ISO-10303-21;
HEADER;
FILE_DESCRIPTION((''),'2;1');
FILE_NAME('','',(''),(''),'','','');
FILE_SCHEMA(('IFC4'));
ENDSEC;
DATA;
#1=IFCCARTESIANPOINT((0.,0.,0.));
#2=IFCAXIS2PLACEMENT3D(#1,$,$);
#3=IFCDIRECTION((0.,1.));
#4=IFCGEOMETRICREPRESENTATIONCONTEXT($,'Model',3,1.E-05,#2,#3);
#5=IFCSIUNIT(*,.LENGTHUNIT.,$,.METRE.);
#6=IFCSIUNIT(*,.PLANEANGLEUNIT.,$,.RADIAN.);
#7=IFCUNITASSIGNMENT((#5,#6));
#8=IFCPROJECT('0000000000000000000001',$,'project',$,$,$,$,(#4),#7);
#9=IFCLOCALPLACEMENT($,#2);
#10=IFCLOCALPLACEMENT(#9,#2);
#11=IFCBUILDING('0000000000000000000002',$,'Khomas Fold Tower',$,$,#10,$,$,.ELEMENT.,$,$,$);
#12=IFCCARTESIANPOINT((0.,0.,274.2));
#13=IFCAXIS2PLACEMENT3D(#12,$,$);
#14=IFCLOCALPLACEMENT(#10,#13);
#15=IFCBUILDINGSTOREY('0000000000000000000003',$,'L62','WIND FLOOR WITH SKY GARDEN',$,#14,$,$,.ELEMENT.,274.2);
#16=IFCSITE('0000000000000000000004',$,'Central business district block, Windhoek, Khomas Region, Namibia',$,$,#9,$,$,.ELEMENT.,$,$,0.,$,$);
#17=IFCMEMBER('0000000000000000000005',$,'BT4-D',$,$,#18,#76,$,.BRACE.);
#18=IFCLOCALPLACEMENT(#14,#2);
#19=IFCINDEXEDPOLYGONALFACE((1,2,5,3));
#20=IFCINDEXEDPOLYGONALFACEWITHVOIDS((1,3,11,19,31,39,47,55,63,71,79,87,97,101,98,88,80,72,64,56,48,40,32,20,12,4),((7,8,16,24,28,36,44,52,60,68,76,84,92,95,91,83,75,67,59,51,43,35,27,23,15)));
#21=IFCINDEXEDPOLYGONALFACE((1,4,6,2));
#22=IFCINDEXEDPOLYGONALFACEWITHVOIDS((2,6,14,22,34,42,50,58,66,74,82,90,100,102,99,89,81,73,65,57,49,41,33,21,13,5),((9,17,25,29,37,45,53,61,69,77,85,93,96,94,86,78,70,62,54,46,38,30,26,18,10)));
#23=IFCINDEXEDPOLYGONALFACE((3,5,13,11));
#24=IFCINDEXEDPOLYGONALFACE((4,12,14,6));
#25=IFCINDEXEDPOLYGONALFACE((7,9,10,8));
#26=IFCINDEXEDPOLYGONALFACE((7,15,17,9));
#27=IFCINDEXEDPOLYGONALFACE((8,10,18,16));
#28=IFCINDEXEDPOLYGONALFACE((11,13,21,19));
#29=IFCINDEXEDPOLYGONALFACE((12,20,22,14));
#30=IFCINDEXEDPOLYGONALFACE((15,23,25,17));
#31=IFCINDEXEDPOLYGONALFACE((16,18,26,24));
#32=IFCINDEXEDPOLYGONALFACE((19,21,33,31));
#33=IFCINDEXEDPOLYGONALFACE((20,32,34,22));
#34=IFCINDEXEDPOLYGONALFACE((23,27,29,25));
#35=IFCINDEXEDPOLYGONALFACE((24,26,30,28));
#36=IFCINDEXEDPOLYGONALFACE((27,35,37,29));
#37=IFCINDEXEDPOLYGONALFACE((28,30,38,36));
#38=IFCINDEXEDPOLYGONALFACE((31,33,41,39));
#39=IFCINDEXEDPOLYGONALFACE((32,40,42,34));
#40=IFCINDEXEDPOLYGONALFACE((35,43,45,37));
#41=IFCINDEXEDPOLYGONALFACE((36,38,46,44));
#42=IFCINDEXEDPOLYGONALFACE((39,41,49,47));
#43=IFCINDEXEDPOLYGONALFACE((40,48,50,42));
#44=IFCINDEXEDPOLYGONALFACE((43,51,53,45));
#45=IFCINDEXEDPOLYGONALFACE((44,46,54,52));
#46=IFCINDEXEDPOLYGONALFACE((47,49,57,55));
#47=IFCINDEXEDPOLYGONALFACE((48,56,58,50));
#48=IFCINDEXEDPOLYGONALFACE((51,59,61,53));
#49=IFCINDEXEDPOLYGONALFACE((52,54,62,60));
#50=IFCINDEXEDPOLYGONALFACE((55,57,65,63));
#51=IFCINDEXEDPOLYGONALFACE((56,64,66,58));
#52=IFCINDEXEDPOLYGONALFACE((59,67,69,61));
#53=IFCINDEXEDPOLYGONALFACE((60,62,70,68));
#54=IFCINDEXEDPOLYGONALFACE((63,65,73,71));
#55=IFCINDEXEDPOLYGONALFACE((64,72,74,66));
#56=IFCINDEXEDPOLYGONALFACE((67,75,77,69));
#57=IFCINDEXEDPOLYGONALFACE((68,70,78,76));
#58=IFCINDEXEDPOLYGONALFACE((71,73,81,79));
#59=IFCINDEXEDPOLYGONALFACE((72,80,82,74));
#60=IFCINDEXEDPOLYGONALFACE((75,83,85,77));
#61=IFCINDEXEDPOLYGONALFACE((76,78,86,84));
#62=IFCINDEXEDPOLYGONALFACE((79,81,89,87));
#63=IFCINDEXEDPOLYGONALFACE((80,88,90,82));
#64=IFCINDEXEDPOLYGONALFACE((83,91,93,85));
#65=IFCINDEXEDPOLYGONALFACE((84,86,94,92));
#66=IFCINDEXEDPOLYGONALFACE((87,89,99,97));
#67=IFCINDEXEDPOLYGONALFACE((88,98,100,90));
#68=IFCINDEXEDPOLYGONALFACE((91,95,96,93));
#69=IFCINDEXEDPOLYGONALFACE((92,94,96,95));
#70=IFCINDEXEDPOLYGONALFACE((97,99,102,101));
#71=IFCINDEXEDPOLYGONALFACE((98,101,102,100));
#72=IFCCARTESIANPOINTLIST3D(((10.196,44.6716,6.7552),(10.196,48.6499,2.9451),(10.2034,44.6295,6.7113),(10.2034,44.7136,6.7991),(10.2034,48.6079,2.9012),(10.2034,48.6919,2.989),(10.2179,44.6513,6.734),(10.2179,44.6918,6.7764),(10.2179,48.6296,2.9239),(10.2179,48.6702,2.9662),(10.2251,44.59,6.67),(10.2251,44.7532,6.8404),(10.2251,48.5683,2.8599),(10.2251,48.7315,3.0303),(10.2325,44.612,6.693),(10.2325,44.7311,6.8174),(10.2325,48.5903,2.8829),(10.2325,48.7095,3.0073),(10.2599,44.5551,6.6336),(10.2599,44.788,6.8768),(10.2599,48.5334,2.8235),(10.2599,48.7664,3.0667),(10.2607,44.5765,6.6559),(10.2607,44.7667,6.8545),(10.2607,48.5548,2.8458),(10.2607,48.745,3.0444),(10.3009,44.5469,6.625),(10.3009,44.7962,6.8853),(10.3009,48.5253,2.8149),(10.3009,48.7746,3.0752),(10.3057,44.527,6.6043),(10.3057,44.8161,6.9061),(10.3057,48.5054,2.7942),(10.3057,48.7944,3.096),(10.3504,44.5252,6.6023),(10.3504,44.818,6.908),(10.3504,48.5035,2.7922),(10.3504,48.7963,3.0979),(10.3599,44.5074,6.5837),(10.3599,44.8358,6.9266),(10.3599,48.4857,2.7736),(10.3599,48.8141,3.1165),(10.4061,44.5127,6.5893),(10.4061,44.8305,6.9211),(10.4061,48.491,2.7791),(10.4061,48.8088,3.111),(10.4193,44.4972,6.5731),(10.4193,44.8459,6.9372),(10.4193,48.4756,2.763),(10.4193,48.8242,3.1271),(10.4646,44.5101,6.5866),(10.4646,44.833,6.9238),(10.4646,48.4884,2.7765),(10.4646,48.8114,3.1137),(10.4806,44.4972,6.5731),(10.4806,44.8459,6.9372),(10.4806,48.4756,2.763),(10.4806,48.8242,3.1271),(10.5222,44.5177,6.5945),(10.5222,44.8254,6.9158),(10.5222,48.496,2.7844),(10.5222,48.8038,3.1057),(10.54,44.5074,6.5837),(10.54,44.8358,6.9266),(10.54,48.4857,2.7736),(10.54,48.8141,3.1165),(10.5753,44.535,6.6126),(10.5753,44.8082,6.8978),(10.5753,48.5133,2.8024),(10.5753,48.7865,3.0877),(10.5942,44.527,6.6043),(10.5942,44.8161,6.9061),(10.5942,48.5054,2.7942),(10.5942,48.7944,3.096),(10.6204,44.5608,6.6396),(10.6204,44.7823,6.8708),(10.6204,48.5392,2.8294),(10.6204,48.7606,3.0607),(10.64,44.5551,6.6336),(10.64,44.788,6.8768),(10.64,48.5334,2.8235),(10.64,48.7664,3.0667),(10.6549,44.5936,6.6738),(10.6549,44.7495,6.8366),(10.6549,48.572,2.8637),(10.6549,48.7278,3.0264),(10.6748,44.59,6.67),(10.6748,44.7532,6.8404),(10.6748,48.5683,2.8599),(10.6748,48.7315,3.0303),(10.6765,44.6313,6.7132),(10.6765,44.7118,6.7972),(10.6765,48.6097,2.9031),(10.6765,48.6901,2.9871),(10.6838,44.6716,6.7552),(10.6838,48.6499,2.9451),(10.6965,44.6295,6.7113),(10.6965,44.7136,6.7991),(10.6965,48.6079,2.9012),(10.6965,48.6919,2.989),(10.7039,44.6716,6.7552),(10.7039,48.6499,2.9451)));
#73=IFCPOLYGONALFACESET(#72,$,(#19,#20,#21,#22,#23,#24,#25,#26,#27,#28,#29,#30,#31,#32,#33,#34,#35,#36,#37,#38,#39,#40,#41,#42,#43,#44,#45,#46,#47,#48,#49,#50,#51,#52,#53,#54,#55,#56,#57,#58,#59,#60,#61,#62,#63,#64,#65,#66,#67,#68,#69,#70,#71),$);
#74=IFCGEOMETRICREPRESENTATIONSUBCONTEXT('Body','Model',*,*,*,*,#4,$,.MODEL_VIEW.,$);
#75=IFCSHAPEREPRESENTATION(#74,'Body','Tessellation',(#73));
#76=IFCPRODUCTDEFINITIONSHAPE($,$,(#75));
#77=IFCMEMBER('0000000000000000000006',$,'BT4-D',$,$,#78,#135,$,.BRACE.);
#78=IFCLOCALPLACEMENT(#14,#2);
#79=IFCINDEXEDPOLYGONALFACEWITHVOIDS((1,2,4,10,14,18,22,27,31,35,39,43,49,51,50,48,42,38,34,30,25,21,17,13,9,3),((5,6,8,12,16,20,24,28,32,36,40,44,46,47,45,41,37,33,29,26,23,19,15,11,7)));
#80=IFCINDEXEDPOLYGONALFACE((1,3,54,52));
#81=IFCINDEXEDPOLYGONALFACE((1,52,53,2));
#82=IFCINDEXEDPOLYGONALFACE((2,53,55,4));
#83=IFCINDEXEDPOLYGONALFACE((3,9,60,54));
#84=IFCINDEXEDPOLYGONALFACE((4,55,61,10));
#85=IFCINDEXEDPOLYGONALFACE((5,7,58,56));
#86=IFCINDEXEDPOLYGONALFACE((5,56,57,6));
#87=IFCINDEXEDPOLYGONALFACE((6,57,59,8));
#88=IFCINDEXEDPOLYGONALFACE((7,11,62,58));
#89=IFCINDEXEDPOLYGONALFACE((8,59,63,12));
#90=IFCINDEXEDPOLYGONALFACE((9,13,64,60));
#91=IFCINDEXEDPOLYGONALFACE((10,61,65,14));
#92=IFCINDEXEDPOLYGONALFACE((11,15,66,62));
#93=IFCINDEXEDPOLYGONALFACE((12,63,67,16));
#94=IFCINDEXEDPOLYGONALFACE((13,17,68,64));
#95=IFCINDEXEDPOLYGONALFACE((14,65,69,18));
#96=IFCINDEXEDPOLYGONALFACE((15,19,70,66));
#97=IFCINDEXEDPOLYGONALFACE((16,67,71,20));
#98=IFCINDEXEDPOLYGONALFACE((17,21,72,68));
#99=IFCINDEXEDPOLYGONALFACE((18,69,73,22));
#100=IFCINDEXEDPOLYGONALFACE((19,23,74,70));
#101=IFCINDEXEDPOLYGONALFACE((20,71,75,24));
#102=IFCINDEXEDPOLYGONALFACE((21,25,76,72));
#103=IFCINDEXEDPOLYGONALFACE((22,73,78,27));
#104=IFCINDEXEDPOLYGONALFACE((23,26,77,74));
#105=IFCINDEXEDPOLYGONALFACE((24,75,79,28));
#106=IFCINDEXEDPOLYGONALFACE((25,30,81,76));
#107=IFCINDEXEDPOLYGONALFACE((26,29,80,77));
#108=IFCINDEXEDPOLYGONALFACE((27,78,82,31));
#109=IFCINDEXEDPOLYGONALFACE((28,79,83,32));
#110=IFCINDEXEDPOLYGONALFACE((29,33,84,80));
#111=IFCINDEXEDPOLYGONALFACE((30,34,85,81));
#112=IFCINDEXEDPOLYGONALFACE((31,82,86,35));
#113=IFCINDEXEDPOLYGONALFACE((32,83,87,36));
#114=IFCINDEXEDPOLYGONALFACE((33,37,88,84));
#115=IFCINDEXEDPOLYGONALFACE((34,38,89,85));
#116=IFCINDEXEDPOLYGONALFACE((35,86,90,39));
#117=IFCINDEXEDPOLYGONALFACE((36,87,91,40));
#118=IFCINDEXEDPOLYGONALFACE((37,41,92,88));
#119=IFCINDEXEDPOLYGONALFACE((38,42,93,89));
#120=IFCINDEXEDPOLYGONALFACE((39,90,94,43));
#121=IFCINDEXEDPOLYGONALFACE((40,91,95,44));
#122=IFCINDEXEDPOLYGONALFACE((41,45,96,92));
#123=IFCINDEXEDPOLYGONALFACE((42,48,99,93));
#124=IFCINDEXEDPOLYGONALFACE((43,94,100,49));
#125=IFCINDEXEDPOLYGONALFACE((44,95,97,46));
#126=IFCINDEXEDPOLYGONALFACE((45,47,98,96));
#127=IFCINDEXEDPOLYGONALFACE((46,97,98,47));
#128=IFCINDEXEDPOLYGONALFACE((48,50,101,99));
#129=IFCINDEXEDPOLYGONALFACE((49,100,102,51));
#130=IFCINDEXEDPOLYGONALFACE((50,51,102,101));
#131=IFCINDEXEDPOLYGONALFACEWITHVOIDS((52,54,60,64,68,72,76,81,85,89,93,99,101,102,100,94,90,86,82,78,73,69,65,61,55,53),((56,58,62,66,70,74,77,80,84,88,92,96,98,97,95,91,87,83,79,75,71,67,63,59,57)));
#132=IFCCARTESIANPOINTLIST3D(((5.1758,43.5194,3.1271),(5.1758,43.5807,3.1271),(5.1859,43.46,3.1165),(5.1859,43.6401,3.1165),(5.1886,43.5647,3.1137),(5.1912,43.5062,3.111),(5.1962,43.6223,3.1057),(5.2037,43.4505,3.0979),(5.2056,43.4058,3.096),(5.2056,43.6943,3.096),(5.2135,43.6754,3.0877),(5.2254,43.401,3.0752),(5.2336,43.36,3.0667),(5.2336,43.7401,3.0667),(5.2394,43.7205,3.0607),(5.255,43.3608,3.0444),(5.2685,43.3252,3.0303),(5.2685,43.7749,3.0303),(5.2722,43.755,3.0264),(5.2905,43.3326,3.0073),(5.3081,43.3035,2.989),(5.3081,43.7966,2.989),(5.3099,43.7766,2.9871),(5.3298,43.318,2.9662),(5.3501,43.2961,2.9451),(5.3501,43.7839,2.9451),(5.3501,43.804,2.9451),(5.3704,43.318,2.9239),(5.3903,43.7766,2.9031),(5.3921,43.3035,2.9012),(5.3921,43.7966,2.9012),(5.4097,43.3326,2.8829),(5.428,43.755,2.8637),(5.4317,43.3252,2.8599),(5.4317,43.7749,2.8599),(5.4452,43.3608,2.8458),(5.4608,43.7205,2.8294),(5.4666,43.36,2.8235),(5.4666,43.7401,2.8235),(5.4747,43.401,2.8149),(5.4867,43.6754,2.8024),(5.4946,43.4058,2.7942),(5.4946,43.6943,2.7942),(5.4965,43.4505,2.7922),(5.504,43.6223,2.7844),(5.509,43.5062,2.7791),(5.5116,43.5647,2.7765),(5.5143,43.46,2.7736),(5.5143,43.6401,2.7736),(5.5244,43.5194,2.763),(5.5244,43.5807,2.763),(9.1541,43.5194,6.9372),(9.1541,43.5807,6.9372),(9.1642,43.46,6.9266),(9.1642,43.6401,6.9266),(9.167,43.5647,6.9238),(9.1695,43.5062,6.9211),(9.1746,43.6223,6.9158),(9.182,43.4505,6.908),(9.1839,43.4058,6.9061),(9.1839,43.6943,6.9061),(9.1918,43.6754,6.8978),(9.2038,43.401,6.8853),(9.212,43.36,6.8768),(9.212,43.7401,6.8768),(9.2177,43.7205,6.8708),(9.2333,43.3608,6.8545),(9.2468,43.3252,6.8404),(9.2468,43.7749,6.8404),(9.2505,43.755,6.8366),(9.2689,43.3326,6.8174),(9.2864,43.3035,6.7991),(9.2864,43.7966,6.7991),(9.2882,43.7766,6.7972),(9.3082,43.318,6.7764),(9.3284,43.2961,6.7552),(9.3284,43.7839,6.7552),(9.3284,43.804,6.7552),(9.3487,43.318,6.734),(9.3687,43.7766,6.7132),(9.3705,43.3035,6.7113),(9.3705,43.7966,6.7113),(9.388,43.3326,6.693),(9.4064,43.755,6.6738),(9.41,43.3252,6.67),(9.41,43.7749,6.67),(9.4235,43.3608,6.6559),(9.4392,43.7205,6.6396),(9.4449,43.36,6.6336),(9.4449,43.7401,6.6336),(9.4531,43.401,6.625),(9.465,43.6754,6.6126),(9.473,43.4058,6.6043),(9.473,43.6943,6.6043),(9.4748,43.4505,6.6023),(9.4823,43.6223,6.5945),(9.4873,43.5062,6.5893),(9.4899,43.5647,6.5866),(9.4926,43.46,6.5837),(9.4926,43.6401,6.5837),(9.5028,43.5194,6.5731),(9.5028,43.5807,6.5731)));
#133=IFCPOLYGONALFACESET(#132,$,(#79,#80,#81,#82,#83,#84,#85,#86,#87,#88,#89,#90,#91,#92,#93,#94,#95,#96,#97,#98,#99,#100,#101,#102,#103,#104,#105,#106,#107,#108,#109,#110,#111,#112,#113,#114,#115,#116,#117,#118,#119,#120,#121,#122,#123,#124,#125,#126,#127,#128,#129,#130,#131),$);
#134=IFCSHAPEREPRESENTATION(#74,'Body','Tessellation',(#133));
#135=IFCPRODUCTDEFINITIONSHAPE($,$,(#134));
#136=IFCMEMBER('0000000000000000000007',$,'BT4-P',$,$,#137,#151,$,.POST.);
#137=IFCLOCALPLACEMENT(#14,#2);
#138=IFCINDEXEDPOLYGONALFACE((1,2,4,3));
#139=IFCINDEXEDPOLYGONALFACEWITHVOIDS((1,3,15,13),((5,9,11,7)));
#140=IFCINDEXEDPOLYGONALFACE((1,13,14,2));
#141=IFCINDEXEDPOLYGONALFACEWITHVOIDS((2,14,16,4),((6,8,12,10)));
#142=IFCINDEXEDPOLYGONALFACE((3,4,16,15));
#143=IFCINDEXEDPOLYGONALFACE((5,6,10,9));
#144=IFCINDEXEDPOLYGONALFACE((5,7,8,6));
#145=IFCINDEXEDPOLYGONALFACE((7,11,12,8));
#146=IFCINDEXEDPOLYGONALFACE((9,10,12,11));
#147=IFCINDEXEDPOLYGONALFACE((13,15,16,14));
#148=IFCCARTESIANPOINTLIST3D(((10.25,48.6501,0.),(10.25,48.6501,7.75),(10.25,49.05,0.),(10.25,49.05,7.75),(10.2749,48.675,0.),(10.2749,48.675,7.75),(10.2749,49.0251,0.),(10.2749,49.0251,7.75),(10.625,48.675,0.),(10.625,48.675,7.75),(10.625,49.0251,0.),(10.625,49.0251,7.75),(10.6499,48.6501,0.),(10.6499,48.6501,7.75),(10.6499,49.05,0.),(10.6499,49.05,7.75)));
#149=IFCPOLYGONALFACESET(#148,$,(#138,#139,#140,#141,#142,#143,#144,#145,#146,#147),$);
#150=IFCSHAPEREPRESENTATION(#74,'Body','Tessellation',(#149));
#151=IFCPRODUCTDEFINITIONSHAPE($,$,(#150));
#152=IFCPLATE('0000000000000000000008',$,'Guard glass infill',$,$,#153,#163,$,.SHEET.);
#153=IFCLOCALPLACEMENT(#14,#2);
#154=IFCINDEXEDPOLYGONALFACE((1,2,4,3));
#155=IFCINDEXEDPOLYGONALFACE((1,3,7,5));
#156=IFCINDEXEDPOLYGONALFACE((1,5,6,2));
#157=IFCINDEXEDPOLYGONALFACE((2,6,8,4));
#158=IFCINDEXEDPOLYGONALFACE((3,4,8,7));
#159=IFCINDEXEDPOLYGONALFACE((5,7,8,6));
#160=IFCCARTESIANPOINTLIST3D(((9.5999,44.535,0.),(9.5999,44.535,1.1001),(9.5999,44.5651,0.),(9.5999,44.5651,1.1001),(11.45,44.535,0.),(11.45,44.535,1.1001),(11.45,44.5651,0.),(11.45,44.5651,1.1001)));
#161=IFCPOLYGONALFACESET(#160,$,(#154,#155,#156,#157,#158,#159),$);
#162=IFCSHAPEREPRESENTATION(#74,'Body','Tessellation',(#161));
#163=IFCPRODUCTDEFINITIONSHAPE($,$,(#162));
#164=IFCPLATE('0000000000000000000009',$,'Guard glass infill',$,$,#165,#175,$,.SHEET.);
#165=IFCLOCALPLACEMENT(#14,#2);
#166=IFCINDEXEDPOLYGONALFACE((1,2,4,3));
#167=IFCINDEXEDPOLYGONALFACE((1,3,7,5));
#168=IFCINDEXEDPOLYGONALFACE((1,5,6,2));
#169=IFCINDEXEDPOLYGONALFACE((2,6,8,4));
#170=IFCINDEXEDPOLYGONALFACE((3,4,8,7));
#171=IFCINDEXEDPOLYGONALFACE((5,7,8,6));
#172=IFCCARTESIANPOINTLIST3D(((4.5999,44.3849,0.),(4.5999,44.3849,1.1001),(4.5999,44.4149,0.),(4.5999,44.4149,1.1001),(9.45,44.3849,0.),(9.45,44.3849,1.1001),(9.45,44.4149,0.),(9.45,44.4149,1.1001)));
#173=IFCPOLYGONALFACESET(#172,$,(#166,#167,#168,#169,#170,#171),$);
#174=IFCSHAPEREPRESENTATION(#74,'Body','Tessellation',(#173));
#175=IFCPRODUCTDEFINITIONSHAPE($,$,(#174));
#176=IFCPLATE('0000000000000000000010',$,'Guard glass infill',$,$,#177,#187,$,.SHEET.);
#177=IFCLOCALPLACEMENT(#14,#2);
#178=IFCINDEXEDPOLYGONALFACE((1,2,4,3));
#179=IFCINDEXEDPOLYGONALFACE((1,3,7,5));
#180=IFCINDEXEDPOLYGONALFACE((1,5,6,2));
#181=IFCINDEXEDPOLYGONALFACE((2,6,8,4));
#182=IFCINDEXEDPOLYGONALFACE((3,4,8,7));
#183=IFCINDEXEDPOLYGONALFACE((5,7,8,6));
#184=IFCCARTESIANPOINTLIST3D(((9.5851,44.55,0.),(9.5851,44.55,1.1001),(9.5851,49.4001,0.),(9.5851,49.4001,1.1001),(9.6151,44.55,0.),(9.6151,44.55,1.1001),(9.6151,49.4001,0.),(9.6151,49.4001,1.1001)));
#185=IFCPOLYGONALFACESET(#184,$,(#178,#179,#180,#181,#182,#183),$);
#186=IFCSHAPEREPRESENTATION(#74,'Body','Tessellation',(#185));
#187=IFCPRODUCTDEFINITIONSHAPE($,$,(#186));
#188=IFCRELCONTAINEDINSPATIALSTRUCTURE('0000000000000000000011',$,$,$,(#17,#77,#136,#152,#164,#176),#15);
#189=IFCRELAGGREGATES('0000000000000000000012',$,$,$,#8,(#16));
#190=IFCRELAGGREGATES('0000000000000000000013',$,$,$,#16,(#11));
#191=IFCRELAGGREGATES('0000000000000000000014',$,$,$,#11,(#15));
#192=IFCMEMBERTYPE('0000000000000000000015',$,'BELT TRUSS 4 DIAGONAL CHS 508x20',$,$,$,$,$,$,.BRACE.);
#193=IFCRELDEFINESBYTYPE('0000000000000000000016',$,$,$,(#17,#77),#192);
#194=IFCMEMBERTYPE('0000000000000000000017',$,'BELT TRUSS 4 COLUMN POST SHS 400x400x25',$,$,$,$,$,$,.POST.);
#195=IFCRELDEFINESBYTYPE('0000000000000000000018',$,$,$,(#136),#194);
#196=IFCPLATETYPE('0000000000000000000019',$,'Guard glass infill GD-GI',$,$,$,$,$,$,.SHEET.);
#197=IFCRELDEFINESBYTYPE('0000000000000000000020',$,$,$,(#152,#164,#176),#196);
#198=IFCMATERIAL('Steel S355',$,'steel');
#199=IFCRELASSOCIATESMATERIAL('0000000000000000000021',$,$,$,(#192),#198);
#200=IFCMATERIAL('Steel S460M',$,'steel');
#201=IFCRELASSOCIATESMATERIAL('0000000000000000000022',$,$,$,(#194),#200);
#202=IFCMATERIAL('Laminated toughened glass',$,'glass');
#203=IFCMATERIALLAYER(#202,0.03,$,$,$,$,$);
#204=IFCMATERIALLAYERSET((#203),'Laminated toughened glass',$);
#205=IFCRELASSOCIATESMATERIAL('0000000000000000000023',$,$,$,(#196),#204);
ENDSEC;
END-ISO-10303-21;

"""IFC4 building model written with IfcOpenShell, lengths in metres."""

from ifc_helpers import new_model, si_unit, direction, frame, origin, origin_2d, place, context, subcontext, project, spatial, rectangle, hollow_rectangle, hollow_circle, extrude, source, transform, mapped, material, layer, layer_set, material_profile, profile_set, type_object, element, save


model = new_model("IFC4")

# Units and contexts
model_context = context("Model", 3, precision=1e-05, world=origin(), true_north=direction((0.0, 1.0)))
body_context = subcontext(model_context, "Body", "Model", "MODEL_VIEW")
ifc_project = project(units=[si_unit("LENGTHUNIT", "METRE"), si_unit("PLANEANGLEUNIT", "RADIAN")], contexts=[model_context])

# Site, building, storey
site_placement = place(None, origin())
site = spatial("IfcSite", under=ifc_project, at=site_placement, Name="Central business district block, Windhoek, Khomas Region, Namibia", CompositionType="ELEMENT", RefElevation=0.0)
building_placement = place(site_placement, origin())
building = spatial("IfcBuilding", under=site, at=building_placement, Name="Khomas Fold Tower", CompositionType="ELEMENT")
storey_placement = place(building_placement, frame((0.0, 0.0, 274.2)))
storey = spatial("IfcBuildingStorey", under=building, at=storey_placement, Name="L62", Description="WIND FLOOR WITH SKY GARDEN", CompositionType="ELEMENT", Elevation=274.2)

# Members
ifc_material_1 = material(Name="Steel S355", Category="steel")
ifc_material_profile_1 = material_profile(ifc_material_1, hollow_circle(Radius=0.2539, WallThickness=0.02, at=origin_2d()), Name="CHS 508x20")
ifc_profile_set_1 = profile_set([ifc_material_profile_1], Name="Steel S355")
member_type_1 = type_object("IfcMemberType", Name="BELT TRUSS 4 DIAGONAL CHS 508x20", PredefinedType="BRACE", material=ifc_profile_set_1)
shared_shape_1 = source(origin(), body_context, "Body", "SweptSolid", [
    extrude(hollow_circle(Radius=0.2539, WallThickness=0.02, at=origin_2d()), origin(), (0.0, 0.0, 1.0), 5.5085),
])
for number, where, z_axis, x_axis, name in (
    (1, (10.45, 48.6499, 2.9451), (0.0, -0.72221, 0.691673), (1.0, 0.0, 0.0), "BT4-D"),
    (2, (5.3501, 43.55, 2.9451), (0.72221, 0.0, 0.691673), (0.0, 1.0, 0.0), "BT4-D"),
):
    element("IfcMember", number, at=place(storey_placement, frame(where, z_axis=z_axis, x_axis=x_axis)), inside=storey, type_object=member_type_1, Name=name, PredefinedType="BRACE", context=body_context, shape_type="MappedRepresentation", body=[
        mapped(shared_shape_1, transform((0.0, 0.0, 0.0))),
    ])
ifc_material_2 = material(Name="Steel S460M", Category="steel")
ifc_material_profile_2 = material_profile(ifc_material_2, hollow_rectangle(XDim=0.3999, YDim=0.3999, WallThickness=0.0249, at=origin_2d()), Name="SHS 400x400x25")
ifc_profile_set_2 = profile_set([ifc_material_profile_2], Name="Steel S460M")
member_type_2 = type_object("IfcMemberType", Name="BELT TRUSS 4 COLUMN POST SHS 400x400x25", PredefinedType="POST", material=ifc_profile_set_2)
shared_shape_2 = source(origin(), body_context, "Body", "SweptSolid", [
    extrude(hollow_rectangle(XDim=0.3999, YDim=0.3999, WallThickness=0.0249, at=origin_2d()), origin(), (0.0, 0.0, 1.0), 7.75),
])
member_1_placement = place(storey_placement, frame((10.45, 48.8501, 0.0), z_axis=(0.0, 0.0, 1.0), x_axis=(1.0, 0.0, 0.0)))
element("IfcMember", 3, at=member_1_placement, inside=storey, type_object=member_type_2, Name="BT4-P", PredefinedType="POST", context=body_context, shape_type="MappedRepresentation", body=[
    mapped(shared_shape_2, transform((0.0, 0.0, 0.0))),
])

# Plates
ifc_material_3 = material(Name="Laminated toughened glass", Category="glass")
ifc_layer_1 = layer(ifc_material_3, 0.03)
ifc_layer_set_1 = layer_set([ifc_layer_1], Name="Laminated toughened glass")
plate_type = type_object("IfcPlateType", Name="Guard glass infill GD-GI", PredefinedType="SHEET", material=ifc_layer_set_1)
shared_shape_3 = source(origin(), body_context, "Body", "SweptSolid", [
    extrude(rectangle(XDim=1.8501, YDim=0.03, at=origin_2d()), origin(), (0.0, 0.0, 1.0), 1.1001),
])
plate_placement = place(storey_placement, frame((10.5249, 44.55, 0.0), z_axis=(0.0, 0.0, 1.0), x_axis=(-1.0, 0.0, 0.0)))
element("IfcPlate", 4, at=plate_placement, inside=storey, type_object=plate_type, Name="Guard glass infill", PredefinedType="SHEET", context=body_context, shape_type="MappedRepresentation", body=[
    mapped(shared_shape_3, transform((0.0, 0.0, 0.0))),
])
shared_shape_4 = source(origin(), body_context, "Body", "SweptSolid", [
    extrude(rectangle(XDim=4.8501, YDim=0.03, at=origin_2d()), origin(), (0.0, 0.0, 1.0), 1.1001),
])
for number, where, z_axis, x_axis, name in (
    (5, (7.0249, 44.3999, 0.0), (0.0, 0.0, 1.0), (1.0, 0.0, 0.0), "Guard glass infill"),
    (6, (9.6001, 46.9751, 0.0), (0.0, 0.0, 1.0), (0.0, 1.0, 0.0), "Guard glass infill"),
):
    element("IfcPlate", number, at=place(storey_placement, frame(where, z_axis=z_axis, x_axis=x_axis)), inside=storey, type_object=plate_type, Name=name, PredefinedType="SHEET", context=body_context, shape_type="MappedRepresentation", body=[
        mapped(shared_shape_4, transform((0.0, 0.0, 0.0))),
    ])

save(model, "model.ifc")
